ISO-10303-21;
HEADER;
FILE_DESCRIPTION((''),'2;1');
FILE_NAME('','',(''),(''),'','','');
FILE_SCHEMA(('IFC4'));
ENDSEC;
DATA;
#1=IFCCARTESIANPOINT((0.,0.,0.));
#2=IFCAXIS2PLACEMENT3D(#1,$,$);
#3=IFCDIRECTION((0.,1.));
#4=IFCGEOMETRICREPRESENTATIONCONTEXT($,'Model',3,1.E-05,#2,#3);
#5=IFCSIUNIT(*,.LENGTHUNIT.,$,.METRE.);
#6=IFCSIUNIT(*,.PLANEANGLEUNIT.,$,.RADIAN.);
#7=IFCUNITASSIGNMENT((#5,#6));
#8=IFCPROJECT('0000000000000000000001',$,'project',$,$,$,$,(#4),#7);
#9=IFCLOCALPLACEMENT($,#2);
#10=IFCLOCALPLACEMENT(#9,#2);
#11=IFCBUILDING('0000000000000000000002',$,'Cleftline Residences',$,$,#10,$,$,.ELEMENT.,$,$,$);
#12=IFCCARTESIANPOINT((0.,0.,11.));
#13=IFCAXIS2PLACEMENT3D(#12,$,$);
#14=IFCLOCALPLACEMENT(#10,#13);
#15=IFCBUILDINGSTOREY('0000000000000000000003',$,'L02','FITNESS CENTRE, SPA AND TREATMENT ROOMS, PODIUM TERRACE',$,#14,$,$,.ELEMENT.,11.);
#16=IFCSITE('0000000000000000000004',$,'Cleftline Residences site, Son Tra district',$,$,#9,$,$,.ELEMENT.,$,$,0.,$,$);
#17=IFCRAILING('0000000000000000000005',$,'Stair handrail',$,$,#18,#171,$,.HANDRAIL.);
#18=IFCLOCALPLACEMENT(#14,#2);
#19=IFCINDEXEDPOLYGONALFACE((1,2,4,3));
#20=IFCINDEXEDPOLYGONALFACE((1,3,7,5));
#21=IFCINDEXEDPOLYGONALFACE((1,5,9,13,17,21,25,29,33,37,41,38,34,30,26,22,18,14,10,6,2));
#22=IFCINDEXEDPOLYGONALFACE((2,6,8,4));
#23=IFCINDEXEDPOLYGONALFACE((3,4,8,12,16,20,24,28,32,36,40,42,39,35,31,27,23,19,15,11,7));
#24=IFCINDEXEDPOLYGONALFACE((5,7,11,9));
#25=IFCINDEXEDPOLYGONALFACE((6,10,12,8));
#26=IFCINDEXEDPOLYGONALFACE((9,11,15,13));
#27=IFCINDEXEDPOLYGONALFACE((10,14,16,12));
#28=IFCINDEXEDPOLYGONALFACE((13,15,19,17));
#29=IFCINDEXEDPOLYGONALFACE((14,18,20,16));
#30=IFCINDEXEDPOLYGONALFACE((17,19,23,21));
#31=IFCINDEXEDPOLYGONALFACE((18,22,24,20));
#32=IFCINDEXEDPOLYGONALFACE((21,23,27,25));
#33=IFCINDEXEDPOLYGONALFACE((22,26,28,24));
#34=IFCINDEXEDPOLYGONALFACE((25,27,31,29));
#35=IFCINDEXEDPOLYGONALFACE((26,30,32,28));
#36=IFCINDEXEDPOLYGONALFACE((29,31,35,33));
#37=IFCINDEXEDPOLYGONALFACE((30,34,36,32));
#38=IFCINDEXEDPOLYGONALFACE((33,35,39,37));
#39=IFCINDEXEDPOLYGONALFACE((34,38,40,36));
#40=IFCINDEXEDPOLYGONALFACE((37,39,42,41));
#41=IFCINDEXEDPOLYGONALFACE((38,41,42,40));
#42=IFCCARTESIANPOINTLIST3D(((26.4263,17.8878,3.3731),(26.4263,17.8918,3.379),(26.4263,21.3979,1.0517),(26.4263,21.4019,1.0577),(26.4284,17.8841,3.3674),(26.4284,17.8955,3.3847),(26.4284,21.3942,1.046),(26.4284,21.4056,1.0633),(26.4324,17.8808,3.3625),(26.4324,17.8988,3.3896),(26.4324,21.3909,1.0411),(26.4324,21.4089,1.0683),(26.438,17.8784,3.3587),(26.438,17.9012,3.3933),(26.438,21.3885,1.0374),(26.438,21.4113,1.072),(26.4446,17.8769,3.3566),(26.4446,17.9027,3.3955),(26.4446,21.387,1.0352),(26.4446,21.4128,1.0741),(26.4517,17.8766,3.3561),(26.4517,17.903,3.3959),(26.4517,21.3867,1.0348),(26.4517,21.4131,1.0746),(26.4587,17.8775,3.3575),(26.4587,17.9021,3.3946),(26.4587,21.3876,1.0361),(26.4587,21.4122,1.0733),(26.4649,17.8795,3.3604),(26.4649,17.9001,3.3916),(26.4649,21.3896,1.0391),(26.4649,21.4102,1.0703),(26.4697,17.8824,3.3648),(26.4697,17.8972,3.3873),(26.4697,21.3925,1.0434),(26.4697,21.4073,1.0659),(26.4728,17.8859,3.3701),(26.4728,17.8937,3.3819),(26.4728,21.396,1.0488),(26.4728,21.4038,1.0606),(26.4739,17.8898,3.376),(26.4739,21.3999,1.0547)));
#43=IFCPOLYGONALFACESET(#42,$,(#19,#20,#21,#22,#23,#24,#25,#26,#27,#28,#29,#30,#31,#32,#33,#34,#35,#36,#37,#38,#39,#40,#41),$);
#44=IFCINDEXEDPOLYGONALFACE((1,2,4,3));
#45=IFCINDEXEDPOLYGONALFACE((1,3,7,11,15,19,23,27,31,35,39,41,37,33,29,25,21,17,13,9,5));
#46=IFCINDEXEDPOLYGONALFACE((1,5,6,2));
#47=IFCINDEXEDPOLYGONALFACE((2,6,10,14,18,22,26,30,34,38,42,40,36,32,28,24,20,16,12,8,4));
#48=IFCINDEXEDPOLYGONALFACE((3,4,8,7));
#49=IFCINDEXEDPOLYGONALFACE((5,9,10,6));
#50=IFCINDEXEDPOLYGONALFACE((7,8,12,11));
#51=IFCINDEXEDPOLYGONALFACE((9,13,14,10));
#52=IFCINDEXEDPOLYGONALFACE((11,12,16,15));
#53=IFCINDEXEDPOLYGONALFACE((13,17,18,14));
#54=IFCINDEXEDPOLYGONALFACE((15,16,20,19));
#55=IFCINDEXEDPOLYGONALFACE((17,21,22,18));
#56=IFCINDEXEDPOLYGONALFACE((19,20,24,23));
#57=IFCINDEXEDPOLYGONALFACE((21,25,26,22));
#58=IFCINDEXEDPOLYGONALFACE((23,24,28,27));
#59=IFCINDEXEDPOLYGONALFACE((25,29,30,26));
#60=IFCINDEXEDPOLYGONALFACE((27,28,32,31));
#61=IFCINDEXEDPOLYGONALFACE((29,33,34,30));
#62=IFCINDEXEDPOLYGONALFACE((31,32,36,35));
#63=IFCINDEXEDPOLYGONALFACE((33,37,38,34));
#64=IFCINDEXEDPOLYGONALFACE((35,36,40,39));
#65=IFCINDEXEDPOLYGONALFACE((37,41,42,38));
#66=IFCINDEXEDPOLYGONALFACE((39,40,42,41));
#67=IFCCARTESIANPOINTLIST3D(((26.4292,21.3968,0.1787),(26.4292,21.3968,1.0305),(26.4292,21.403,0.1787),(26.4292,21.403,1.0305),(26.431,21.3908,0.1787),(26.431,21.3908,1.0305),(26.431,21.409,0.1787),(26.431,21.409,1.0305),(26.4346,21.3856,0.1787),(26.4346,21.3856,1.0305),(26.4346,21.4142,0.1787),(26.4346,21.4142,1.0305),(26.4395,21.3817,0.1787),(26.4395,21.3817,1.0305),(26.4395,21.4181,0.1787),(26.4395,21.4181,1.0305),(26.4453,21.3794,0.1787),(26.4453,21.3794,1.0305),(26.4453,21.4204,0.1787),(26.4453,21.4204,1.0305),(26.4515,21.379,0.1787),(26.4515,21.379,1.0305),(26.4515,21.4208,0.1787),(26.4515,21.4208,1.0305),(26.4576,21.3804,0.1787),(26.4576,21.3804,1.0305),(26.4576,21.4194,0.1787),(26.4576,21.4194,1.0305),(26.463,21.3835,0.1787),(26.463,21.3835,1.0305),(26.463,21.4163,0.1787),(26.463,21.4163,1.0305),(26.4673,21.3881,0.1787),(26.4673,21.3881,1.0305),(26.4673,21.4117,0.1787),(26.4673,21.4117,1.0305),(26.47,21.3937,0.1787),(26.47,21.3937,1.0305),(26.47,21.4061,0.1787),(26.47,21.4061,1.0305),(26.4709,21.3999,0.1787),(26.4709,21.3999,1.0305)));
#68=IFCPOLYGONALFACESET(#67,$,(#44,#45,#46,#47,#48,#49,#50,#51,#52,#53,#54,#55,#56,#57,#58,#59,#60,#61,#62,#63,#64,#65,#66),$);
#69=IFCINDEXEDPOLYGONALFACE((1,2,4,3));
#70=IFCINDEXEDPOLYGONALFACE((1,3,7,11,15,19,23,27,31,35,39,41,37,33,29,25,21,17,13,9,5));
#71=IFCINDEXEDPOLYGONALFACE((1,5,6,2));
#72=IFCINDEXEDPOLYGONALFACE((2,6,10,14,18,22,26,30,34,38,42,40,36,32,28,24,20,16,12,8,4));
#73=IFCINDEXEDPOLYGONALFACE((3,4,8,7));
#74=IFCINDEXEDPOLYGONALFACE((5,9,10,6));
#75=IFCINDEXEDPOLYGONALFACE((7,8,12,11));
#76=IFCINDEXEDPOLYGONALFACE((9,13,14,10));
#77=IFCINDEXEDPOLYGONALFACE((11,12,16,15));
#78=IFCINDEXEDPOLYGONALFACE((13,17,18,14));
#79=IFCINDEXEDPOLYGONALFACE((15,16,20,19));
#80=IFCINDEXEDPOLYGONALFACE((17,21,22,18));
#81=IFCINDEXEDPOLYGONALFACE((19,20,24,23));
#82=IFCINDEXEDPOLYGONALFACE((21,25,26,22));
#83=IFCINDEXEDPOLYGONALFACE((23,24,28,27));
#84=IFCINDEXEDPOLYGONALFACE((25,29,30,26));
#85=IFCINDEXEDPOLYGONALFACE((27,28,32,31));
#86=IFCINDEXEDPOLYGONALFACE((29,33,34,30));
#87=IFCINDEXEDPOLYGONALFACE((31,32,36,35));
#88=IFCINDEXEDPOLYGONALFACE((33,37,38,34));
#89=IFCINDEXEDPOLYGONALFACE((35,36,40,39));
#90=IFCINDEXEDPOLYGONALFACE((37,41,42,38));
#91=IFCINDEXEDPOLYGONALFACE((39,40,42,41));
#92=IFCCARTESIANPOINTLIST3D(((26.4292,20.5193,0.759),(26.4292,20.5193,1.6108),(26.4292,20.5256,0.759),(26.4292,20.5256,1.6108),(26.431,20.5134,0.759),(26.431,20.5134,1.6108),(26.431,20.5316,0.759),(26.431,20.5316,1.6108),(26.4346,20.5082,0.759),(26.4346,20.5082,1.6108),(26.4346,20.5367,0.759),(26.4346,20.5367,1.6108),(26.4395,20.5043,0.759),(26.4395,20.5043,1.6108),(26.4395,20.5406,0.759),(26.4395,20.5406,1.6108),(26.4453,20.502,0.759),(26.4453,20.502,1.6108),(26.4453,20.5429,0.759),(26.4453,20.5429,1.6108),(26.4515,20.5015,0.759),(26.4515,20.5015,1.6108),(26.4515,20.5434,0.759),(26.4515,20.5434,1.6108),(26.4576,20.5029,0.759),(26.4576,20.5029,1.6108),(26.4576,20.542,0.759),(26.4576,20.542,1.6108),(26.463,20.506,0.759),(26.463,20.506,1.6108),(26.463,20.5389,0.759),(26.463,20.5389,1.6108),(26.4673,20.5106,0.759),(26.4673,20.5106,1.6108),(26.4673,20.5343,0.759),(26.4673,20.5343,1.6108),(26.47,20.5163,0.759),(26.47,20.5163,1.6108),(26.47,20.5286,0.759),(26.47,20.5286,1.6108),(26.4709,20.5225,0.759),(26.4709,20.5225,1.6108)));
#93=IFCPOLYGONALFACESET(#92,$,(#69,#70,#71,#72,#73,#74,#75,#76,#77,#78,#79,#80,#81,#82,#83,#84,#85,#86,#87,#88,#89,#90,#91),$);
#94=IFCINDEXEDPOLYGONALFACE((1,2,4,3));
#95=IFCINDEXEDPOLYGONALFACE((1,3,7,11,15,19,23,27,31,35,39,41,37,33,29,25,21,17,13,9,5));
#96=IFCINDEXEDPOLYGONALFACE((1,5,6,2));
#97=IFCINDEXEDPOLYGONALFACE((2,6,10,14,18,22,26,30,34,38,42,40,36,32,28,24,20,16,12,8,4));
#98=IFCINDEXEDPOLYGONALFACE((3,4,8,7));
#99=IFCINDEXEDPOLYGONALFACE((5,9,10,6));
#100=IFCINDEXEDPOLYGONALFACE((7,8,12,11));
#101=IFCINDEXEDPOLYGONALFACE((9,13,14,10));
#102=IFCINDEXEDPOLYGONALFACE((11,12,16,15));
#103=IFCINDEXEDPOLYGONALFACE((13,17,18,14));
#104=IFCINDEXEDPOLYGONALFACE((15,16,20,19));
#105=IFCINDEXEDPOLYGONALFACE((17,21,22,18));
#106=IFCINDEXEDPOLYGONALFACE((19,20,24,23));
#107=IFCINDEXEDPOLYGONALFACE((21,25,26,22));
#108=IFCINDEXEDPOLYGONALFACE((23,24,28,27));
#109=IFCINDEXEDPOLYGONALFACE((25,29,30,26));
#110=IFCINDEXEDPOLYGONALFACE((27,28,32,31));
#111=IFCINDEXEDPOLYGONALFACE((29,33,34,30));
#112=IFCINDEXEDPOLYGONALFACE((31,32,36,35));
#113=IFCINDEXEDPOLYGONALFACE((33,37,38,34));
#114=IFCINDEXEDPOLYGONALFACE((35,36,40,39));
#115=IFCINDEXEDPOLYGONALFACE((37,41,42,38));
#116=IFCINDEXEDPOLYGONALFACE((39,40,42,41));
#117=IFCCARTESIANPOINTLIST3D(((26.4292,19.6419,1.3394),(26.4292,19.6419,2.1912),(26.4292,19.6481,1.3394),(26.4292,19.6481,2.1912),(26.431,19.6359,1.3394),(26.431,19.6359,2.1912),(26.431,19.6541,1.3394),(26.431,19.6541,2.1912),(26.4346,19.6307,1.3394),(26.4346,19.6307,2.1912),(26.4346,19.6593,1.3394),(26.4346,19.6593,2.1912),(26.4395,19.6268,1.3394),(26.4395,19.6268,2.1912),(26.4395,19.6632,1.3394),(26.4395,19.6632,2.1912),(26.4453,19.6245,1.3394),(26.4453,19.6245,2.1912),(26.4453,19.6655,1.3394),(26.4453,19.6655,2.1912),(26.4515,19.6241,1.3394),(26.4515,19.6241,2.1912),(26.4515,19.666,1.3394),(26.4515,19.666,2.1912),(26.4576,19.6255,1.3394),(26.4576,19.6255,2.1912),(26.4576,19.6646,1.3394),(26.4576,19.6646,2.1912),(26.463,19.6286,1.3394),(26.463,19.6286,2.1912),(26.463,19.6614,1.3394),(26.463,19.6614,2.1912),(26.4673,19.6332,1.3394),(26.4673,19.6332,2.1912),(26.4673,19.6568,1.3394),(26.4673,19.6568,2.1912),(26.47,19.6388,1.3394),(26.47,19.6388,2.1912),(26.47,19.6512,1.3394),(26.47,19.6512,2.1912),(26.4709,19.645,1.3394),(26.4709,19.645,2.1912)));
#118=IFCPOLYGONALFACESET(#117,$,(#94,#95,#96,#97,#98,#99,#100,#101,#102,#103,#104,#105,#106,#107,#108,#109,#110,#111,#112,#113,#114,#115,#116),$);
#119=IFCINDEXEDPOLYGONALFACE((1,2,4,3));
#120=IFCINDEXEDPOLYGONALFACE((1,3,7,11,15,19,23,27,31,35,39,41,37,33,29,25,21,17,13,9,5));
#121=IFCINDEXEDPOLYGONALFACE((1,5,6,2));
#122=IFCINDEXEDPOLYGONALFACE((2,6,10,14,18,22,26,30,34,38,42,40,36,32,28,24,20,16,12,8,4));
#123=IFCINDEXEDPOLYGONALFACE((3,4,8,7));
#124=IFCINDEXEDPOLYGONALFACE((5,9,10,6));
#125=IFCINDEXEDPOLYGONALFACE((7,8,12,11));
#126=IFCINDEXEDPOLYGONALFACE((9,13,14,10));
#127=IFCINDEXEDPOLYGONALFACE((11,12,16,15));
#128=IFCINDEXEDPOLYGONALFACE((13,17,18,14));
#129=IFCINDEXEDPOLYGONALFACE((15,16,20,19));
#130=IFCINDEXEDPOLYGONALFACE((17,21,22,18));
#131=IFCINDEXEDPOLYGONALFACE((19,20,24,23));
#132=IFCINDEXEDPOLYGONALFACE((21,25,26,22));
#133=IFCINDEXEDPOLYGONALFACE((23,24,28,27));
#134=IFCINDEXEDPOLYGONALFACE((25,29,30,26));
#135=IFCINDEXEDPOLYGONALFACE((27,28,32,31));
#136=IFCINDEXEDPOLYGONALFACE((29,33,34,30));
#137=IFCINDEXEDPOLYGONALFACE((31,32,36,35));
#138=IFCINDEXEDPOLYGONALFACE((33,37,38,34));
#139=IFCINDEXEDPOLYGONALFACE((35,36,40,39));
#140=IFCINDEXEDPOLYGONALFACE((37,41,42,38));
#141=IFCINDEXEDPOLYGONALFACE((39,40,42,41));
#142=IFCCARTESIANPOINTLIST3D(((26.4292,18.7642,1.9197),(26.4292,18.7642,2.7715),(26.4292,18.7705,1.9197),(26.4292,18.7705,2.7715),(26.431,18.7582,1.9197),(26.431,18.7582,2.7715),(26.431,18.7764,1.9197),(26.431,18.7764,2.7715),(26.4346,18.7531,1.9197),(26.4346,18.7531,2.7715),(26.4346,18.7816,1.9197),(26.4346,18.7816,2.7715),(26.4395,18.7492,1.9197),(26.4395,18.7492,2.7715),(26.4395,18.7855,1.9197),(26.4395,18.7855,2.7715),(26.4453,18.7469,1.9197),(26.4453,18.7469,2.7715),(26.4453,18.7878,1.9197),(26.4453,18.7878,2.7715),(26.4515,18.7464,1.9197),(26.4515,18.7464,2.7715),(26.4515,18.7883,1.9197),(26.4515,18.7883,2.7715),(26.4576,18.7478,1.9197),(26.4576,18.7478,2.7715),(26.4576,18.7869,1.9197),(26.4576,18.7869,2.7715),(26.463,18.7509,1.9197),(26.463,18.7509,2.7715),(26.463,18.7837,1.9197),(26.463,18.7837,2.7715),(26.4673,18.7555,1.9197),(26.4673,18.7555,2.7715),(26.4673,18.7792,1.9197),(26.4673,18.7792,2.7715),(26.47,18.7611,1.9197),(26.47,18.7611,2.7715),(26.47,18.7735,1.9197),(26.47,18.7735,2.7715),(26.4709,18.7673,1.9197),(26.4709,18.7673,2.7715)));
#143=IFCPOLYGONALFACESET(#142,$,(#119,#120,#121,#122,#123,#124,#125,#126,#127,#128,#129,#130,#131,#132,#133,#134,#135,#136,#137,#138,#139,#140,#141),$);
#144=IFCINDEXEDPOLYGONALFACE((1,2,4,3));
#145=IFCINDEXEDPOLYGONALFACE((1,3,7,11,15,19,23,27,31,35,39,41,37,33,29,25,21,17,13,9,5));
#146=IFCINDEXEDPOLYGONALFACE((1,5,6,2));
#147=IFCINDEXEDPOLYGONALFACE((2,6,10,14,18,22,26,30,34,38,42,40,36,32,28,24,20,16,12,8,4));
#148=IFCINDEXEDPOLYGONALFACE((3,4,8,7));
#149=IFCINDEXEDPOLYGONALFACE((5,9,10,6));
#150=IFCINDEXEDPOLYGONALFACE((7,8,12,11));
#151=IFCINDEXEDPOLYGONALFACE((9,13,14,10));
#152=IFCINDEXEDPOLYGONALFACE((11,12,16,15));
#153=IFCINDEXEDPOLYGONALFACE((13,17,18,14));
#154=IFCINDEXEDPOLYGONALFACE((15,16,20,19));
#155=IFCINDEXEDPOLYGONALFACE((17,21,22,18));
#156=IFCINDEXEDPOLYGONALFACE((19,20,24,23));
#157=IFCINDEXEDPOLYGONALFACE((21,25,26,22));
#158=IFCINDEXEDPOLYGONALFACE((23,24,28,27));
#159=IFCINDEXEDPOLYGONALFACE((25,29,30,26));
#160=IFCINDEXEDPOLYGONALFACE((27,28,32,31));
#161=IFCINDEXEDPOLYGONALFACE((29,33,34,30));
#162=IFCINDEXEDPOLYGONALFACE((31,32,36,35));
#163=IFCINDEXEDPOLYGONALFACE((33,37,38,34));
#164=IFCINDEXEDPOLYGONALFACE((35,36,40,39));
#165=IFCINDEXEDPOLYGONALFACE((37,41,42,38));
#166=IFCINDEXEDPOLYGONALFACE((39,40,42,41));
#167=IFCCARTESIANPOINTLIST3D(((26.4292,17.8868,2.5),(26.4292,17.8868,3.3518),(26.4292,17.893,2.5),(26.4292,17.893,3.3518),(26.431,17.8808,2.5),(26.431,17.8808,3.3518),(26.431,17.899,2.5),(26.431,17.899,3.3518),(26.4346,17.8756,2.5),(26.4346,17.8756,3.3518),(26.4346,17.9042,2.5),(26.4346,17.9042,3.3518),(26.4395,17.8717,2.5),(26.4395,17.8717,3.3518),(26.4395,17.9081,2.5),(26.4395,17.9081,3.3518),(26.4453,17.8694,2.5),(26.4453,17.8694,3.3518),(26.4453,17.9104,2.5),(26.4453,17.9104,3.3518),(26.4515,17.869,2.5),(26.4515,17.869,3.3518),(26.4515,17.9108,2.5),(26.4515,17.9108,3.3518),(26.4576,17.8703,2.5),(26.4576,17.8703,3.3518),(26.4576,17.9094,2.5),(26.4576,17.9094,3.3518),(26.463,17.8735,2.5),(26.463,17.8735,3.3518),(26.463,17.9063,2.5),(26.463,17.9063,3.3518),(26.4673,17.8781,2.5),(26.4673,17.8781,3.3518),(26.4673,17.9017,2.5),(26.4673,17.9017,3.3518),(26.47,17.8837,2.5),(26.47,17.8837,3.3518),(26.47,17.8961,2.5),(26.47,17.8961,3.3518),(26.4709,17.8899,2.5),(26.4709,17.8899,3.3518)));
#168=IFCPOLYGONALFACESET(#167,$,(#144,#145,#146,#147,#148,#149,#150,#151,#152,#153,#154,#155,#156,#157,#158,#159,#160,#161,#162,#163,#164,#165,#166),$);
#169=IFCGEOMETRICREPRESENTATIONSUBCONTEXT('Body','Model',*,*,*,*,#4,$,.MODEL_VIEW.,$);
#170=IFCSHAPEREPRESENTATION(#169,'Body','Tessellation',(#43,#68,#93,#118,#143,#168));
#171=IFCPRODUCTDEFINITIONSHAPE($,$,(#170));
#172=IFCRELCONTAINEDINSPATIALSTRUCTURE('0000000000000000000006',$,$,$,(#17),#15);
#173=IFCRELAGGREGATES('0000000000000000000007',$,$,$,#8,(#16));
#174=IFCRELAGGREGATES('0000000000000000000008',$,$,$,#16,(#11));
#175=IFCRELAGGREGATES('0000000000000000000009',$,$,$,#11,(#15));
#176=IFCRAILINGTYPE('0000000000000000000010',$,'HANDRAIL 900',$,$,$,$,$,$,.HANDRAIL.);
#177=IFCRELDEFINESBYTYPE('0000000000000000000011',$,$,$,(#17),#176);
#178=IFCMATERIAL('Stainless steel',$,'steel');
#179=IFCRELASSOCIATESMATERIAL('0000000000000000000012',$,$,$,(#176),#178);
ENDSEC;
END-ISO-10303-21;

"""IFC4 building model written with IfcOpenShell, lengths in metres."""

from ifc_helpers import new_model, si_unit, direction, frame, origin, origin_2d, place, context, subcontext, project, spatial, circle, extrude, material, type_object, element, save


model = new_model("IFC4")

# Units and contexts
model_context = context("Model", 3, precision=1e-05, world=origin(), true_north=direction((0.0, 1.0)))
body_context = subcontext(model_context, "Body", "Model", "MODEL_VIEW")
ifc_project = project(units=[si_unit("LENGTHUNIT", "METRE"), si_unit("PLANEANGLEUNIT", "RADIAN")], contexts=[model_context])

# Site, building, storey
site_placement = place(None, origin())
site = spatial("IfcSite", under=ifc_project, at=site_placement, Name="Cleftline Residences site, Son Tra district", CompositionType="ELEMENT", RefElevation=0.0)
building_placement = place(site_placement, origin())
building = spatial("IfcBuilding", under=site, at=building_placement, Name="Cleftline Residences", CompositionType="ELEMENT")
storey_placement = place(building_placement, frame((0.0, 0.0, 11.0)))
storey = spatial("IfcBuildingStorey", under=building, at=storey_placement, Name="L02", Description="FITNESS CENTRE, SPA AND TREATMENT ROOMS, PODIUM TERRACE", CompositionType="ELEMENT", Elevation=11.0)

# Railing
ifc_material_1 = material(Name="Stainless steel", Category="steel")
railing_type = type_object("IfcRailingType", Name="HANDRAIL 900", PredefinedType="HANDRAIL", material=ifc_material_1)
railing_1_placement = place(storey_placement, frame((26.45, 21.3999, 0.1787)))
element("IfcRailing", 1, at=railing_1_placement, inside=storey, type_object=railing_type, Name="Stair handrail", PredefinedType="HANDRAIL", context=body_context, shape_type="SweptSolid", body=[
    extrude(circle(Radius=0.0239, at=origin_2d()), frame((0.0, 0.0, 0.876), z_axis=(0.0, -0.834097, 0.551617), x_axis=(1.0, 0.0, 0.0)), (0.0, 0.0, 1.0), 4.2083),
    extrude(circle(Radius=0.021, at=origin_2d()), origin(), (0.0, 0.0, 1.0), 0.8518),
    extrude(circle(Radius=0.021, at=origin_2d()), frame((0.0, -0.8774, 0.5803)), (0.0, 0.0, 1.0), 0.8518),
    extrude(circle(Radius=0.021, at=origin_2d()), frame((0.0, -1.7549, 1.1606)), (0.0, 0.0, 1.0), 0.8518),
    extrude(circle(Radius=0.021, at=origin_2d()), frame((0.0, -2.6326, 1.741)), (0.0, 0.0, 1.0), 0.8518),
    extrude(circle(Radius=0.021, at=origin_2d()), frame((0.0, -3.51, 2.3213)), (0.0, 0.0, 1.0), 0.8518),
])

save(model, "model.ifc")
